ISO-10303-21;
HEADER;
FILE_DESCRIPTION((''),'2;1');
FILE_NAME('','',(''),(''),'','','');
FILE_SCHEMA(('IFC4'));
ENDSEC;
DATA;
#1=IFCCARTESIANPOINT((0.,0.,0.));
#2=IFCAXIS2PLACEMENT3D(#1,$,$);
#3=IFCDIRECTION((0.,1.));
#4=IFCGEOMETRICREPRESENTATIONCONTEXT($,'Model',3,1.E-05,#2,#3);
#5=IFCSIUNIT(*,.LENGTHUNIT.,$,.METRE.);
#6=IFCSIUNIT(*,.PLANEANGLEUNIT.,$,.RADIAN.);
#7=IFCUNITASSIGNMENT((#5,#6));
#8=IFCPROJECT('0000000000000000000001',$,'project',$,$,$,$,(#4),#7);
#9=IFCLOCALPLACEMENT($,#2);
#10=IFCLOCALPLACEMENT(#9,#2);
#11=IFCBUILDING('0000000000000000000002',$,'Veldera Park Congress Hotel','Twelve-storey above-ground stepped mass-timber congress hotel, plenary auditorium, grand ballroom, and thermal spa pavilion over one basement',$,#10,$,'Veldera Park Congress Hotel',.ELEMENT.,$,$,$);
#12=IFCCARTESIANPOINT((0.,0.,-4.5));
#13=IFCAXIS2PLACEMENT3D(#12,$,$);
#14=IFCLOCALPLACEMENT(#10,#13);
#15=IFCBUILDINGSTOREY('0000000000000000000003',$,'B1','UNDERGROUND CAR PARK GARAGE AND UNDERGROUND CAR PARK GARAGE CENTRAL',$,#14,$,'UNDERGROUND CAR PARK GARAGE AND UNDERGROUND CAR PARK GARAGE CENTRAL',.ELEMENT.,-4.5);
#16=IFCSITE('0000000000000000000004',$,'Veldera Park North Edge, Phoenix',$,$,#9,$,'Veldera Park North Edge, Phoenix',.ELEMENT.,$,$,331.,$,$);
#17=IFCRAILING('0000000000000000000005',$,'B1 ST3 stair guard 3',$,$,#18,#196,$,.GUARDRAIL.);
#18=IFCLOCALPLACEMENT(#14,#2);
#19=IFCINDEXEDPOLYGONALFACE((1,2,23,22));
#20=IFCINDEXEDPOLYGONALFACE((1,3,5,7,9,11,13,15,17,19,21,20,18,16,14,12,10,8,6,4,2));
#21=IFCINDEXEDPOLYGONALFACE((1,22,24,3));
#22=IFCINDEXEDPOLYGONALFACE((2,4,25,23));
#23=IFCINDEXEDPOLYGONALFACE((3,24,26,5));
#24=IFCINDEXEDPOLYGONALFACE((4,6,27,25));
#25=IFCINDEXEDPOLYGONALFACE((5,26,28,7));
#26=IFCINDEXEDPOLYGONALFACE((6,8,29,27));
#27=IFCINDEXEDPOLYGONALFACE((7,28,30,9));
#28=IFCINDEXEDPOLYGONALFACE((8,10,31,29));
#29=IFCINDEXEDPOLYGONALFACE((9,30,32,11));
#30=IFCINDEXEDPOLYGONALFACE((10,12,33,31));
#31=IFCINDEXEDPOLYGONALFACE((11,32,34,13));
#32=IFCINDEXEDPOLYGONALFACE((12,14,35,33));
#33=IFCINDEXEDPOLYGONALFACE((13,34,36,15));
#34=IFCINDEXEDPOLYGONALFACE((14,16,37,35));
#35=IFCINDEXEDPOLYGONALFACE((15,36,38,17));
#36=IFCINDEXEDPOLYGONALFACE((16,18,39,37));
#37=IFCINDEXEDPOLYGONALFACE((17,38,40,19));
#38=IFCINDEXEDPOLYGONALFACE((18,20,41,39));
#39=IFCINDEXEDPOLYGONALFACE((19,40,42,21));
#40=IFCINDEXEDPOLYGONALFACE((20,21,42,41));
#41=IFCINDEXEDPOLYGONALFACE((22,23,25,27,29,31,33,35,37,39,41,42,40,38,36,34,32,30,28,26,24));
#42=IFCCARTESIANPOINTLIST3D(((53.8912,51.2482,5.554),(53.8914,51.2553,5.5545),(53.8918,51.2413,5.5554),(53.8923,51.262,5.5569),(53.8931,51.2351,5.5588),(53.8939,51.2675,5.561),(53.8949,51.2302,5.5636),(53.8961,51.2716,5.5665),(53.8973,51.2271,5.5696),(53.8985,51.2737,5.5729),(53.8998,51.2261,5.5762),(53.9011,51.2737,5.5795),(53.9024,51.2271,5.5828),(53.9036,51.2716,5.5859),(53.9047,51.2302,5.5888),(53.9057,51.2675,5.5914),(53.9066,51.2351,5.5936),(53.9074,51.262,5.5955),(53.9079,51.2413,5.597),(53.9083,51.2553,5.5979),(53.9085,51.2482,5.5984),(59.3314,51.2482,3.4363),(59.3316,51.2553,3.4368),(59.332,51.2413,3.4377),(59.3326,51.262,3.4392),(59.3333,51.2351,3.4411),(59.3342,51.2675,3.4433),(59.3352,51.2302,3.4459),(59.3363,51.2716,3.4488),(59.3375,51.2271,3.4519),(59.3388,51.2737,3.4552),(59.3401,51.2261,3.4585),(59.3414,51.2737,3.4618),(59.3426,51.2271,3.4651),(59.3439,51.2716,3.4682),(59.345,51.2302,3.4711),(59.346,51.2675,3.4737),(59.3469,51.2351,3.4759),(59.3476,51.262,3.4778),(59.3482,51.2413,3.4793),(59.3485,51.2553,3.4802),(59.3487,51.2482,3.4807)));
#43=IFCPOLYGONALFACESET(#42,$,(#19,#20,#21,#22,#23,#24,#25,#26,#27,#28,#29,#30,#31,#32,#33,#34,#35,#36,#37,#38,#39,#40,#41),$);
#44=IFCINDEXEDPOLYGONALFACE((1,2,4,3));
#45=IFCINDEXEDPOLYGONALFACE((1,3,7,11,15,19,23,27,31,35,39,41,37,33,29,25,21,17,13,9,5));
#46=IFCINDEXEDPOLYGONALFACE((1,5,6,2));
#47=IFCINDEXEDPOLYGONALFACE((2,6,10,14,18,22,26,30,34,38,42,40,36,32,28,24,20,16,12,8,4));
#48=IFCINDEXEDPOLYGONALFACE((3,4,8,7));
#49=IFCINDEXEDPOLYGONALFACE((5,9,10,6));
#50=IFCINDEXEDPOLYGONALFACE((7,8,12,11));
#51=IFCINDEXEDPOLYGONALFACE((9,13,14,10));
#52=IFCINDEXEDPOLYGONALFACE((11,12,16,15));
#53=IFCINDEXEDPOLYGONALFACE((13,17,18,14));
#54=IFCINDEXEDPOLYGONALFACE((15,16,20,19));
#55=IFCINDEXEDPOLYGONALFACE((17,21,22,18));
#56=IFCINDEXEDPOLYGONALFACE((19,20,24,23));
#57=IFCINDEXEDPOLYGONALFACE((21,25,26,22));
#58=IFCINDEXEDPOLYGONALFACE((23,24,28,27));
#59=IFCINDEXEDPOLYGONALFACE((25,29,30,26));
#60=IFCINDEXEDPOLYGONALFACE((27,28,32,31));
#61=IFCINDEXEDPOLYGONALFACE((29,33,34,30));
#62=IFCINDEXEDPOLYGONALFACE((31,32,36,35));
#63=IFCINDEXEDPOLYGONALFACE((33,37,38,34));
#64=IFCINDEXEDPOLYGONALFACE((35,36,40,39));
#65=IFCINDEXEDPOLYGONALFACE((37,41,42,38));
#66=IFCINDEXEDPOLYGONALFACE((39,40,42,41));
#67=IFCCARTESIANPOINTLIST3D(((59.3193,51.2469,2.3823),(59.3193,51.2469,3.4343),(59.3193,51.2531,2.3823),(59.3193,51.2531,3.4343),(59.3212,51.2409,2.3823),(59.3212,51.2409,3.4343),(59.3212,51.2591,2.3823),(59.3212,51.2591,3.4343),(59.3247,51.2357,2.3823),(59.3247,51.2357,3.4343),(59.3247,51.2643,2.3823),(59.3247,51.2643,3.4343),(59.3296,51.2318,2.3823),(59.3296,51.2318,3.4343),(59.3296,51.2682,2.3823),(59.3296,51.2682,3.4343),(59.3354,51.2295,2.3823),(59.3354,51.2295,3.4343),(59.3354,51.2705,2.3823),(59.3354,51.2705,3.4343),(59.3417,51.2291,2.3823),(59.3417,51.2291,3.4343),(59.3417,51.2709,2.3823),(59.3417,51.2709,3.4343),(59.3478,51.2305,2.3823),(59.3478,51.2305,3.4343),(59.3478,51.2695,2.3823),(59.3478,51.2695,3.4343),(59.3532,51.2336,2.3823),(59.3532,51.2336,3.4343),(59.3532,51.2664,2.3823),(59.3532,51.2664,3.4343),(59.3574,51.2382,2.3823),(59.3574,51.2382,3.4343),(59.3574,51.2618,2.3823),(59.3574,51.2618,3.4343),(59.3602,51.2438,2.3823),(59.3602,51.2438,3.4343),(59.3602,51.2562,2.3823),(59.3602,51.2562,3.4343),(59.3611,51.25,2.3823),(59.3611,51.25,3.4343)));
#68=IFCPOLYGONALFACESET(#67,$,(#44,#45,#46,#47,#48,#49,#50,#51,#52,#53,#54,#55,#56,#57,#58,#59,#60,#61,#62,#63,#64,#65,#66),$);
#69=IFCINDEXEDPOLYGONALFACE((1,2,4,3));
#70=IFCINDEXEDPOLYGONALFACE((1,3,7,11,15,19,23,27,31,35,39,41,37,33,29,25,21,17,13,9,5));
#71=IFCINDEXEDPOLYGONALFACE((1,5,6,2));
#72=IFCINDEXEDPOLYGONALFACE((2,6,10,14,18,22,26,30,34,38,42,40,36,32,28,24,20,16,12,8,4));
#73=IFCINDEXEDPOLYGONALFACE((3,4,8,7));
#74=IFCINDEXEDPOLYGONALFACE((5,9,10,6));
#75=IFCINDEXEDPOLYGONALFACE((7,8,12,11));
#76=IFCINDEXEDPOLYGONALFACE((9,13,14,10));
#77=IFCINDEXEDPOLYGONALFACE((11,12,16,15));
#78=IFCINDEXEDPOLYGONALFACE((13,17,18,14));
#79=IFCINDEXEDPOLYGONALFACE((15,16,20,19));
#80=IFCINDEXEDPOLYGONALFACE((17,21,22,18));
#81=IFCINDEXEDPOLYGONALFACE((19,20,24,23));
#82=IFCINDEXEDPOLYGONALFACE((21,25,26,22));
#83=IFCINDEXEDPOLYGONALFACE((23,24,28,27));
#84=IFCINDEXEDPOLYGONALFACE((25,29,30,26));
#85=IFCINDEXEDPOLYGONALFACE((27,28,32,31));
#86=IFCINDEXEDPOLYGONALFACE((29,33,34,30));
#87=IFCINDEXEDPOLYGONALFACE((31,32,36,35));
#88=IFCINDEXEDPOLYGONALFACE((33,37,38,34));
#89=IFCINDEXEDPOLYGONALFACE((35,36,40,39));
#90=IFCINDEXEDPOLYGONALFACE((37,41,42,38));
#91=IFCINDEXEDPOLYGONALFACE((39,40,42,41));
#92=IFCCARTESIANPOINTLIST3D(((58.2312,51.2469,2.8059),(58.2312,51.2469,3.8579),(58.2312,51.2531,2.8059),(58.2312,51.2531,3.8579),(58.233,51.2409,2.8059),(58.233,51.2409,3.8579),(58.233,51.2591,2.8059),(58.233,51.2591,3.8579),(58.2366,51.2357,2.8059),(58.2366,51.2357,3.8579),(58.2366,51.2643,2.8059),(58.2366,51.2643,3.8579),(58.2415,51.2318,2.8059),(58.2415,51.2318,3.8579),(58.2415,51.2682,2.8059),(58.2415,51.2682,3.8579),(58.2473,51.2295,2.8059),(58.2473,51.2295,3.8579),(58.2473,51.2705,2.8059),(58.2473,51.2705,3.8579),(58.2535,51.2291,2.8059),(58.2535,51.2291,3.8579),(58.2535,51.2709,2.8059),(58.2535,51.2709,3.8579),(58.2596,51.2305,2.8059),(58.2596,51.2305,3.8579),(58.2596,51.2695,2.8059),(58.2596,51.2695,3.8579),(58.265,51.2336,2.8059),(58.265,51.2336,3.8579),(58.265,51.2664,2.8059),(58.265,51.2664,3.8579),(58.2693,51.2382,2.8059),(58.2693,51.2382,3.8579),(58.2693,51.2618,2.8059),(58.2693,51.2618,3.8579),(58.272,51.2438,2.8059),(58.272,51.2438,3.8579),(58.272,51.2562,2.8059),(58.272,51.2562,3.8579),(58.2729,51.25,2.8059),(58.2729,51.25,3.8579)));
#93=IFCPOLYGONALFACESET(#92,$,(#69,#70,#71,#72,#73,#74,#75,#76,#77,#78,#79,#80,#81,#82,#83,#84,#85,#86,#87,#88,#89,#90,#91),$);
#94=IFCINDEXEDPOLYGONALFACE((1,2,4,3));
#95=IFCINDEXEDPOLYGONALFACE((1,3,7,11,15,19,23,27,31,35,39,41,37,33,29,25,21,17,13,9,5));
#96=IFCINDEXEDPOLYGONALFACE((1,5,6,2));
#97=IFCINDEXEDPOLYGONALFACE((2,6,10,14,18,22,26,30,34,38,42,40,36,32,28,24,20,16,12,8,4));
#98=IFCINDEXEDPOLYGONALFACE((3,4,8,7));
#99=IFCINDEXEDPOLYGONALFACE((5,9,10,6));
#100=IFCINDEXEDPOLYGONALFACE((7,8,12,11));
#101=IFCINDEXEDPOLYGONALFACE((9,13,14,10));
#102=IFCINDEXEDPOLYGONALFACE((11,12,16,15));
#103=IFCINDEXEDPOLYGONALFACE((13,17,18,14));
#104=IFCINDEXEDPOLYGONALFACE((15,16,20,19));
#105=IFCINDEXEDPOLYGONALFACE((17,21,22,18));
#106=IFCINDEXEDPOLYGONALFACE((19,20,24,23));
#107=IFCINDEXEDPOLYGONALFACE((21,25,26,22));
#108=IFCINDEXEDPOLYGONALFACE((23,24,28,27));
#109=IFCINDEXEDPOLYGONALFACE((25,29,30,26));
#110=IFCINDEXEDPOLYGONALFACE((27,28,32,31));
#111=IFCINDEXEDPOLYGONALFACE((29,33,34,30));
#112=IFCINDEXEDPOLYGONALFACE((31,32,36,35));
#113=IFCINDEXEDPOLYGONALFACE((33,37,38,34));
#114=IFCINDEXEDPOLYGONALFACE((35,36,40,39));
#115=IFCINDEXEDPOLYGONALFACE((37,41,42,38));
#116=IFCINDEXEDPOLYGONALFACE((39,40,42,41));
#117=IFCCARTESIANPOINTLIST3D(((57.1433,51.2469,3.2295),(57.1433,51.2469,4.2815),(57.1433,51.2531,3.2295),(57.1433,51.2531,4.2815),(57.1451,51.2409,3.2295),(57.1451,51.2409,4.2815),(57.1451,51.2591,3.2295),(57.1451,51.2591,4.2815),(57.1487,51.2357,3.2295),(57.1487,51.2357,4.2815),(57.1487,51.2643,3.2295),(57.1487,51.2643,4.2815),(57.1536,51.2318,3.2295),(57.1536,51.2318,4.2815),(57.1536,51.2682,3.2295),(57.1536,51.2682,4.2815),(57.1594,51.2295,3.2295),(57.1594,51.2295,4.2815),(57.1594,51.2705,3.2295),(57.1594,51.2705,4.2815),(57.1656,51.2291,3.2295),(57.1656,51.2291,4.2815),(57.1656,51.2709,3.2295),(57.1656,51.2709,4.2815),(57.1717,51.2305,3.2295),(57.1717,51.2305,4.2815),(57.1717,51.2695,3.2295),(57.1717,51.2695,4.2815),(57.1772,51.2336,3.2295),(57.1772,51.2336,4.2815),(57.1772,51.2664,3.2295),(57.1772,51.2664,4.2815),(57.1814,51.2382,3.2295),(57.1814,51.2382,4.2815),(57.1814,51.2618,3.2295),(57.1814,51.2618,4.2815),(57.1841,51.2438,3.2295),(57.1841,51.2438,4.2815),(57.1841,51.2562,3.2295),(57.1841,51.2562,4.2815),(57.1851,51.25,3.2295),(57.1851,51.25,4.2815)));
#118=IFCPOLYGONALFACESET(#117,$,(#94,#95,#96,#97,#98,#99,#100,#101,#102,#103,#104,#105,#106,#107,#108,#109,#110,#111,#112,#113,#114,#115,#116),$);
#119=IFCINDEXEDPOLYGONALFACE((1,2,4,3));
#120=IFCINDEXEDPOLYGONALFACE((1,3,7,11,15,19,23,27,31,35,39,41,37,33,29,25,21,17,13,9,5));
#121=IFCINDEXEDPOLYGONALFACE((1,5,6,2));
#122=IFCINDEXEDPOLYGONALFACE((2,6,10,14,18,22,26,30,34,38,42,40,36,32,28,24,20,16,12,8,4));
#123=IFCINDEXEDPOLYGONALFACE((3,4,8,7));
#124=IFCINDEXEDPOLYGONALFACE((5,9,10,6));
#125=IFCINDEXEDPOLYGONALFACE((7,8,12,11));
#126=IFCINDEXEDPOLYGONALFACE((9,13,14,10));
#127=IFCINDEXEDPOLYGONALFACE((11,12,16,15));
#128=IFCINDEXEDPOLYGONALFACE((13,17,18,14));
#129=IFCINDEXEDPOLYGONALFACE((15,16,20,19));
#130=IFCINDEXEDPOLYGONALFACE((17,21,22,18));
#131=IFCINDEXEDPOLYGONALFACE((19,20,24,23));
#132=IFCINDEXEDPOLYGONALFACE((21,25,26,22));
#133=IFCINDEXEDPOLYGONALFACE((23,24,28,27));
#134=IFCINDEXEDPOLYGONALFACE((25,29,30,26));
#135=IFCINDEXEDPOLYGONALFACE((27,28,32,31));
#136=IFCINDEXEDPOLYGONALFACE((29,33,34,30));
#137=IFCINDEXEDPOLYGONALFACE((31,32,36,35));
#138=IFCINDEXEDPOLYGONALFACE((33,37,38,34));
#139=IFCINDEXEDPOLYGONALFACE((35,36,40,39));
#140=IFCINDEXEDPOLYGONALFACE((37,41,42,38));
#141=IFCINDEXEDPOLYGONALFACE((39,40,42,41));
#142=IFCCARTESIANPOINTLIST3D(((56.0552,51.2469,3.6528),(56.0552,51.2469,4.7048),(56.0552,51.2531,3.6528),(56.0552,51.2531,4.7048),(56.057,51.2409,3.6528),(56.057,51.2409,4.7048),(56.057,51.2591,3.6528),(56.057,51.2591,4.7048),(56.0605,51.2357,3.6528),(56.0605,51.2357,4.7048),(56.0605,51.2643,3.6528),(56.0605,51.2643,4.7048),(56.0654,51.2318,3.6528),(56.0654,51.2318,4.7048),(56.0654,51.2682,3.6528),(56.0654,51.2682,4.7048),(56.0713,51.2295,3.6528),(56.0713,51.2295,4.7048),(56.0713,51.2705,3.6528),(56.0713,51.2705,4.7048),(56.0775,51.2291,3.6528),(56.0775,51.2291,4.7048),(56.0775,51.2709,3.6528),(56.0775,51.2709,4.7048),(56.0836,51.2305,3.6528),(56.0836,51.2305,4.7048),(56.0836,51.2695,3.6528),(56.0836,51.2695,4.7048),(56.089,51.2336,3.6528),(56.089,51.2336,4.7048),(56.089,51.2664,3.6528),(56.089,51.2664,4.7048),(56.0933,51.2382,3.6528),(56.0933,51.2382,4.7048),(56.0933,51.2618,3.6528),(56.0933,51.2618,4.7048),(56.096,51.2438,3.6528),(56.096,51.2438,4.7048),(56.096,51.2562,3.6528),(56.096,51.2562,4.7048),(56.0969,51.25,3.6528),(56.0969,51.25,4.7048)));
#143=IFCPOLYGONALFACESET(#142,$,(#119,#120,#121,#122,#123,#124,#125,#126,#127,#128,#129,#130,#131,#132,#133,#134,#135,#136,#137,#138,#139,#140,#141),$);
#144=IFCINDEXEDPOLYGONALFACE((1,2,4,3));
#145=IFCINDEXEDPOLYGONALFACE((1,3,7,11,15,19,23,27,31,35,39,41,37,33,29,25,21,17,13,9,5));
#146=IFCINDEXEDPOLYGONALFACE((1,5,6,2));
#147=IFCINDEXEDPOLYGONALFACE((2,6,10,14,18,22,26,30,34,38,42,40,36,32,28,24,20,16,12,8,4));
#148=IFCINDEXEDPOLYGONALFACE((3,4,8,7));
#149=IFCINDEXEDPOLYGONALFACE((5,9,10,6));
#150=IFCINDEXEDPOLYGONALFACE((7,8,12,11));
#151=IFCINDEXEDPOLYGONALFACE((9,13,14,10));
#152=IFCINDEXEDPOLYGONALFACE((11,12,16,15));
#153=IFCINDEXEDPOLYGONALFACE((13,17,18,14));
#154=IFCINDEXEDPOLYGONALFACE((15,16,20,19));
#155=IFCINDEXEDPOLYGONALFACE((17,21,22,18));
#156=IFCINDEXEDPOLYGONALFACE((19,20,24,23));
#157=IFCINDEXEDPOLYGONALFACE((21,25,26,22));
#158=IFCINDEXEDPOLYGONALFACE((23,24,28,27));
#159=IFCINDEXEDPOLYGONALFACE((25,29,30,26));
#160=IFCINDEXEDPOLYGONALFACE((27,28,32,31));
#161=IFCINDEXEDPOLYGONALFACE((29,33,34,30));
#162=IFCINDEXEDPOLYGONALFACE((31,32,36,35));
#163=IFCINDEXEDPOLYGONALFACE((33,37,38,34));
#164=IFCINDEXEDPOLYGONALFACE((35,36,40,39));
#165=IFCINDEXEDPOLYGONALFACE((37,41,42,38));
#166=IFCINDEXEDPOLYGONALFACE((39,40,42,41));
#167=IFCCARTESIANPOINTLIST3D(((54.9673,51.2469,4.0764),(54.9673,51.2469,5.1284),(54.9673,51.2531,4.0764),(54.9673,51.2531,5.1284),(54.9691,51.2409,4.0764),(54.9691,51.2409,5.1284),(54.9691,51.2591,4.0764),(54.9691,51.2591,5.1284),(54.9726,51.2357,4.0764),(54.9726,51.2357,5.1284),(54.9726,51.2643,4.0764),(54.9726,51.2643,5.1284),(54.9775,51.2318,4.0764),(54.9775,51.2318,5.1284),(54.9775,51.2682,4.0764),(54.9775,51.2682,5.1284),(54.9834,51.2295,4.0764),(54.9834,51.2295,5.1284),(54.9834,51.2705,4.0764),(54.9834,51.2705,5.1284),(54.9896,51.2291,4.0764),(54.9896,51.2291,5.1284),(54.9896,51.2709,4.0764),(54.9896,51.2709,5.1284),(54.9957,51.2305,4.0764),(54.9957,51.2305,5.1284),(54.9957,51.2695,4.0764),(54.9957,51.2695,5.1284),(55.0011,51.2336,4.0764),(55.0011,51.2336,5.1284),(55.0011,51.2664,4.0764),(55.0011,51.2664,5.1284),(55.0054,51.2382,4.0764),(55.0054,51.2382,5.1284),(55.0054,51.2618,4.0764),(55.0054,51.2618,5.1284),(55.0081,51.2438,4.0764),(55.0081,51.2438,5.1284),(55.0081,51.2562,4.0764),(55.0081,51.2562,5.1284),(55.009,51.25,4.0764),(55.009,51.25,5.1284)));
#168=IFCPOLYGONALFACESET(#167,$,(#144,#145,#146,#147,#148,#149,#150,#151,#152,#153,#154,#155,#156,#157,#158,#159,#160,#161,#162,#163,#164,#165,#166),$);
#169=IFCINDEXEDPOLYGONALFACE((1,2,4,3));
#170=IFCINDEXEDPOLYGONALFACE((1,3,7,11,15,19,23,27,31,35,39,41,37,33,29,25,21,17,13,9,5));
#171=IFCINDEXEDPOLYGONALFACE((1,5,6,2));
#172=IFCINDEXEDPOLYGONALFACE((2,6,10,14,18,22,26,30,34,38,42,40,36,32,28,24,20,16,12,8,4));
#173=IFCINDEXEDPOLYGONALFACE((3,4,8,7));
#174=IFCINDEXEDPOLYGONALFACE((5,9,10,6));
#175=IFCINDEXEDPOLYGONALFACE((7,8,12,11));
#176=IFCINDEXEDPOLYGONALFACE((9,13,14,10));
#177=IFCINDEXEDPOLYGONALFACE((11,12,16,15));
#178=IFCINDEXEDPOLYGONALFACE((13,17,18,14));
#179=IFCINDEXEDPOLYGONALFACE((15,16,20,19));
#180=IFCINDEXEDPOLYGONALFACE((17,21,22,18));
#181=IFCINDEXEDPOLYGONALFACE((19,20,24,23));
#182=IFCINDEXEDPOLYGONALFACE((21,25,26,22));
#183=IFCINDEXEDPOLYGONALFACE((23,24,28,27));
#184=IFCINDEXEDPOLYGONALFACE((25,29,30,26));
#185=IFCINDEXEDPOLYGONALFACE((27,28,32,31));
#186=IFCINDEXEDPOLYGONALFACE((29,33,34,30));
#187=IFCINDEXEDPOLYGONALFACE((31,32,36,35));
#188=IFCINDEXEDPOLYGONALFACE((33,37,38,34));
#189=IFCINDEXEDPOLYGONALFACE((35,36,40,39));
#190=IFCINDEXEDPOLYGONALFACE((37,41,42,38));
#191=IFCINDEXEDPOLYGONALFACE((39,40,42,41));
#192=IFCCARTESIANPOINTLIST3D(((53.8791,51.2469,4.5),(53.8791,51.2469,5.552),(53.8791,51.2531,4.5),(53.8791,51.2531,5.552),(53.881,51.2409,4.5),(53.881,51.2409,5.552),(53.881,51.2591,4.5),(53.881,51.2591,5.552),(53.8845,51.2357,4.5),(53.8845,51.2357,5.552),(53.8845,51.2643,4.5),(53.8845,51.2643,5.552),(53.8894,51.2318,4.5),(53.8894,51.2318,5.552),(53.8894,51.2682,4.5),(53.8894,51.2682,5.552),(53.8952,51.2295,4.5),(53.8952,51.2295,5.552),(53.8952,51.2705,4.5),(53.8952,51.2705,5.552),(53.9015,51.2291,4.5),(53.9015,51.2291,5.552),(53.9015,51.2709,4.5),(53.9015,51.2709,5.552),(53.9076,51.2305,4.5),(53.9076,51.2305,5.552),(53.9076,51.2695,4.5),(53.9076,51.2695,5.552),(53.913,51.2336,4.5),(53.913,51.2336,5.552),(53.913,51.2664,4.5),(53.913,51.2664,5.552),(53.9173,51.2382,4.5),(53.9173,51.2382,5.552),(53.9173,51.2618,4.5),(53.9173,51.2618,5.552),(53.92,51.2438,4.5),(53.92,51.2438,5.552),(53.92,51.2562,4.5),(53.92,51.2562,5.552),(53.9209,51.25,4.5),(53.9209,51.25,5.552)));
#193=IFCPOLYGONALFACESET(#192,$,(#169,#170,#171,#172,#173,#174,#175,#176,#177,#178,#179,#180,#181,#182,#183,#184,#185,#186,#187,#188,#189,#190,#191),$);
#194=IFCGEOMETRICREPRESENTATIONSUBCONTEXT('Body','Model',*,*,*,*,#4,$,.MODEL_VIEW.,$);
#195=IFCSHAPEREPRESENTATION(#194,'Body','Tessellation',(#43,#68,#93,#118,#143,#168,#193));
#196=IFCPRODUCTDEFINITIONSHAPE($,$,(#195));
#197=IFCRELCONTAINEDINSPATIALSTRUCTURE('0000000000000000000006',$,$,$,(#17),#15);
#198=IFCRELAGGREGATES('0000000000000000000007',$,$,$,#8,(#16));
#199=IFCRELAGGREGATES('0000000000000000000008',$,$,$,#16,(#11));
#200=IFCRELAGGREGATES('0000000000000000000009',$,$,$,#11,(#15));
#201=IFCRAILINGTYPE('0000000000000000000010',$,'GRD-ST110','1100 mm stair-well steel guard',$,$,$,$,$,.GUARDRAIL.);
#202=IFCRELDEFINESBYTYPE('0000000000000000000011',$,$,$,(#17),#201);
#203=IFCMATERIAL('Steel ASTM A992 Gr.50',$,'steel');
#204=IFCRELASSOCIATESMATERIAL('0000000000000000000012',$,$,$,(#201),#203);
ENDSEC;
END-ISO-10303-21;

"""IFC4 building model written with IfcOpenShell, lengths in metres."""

from ifc_helpers import new_model, si_unit, direction, frame, origin, origin_2d, place, context, subcontext, project, spatial, circle, extrude, material, type_object, element, save


model = new_model("IFC4")

# Units and contexts
model_context = context("Model", 3, precision=1e-05, world=origin(), true_north=direction((0.0, 1.0)))
body_context = subcontext(model_context, "Body", "Model", "MODEL_VIEW")
ifc_project = project(units=[si_unit("LENGTHUNIT", "METRE"), si_unit("PLANEANGLEUNIT", "RADIAN")], contexts=[model_context])

# Site, building, storey
site_placement = place(None, origin())
site = spatial("IfcSite", under=ifc_project, at=site_placement, Name="Veldera Park North Edge, Phoenix", LongName="Veldera Park North Edge, Phoenix", CompositionType="ELEMENT", RefElevation=331.0)
building_placement = place(site_placement, origin())
building = spatial("IfcBuilding", under=site, at=building_placement, Name="Veldera Park Congress Hotel", Description="Twelve-storey above-ground stepped mass-timber congress hotel, plenary auditorium, grand ballroom, and thermal spa pavilion over one basement", LongName="Veldera Park Congress Hotel", CompositionType="ELEMENT")
storey_placement = place(building_placement, frame((0.0, 0.0, -4.5)))
storey = spatial("IfcBuildingStorey", under=building, at=storey_placement, Name="B1", Description="UNDERGROUND CAR PARK GARAGE AND UNDERGROUND CAR PARK GARAGE CENTRAL", LongName="UNDERGROUND CAR PARK GARAGE AND UNDERGROUND CAR PARK GARAGE CENTRAL", CompositionType="ELEMENT", Elevation=-4.5)

# Railing
ifc_material_1 = material(Name="Steel ASTM A992 Gr.50", Category="steel")
railing_type_1 = type_object("IfcRailingType", Name="GRD-ST110", Description="1100 mm stair-well steel guard", PredefinedType="GUARDRAIL", material=ifc_material_1)
railing_1_placement = place(storey_placement, frame((59.3401, 51.25, 2.3823)))
element("IfcRailing", 1, at=railing_1_placement, inside=storey, type_object=railing_type_1, Name="B1 ST3 stair guard 3", PredefinedType="GUARDRAIL", context=body_context, shape_type="SweptSolid", body=[
    extrude(circle(Radius=0.0239, at=origin_2d()), frame((0.0, 0.0, 1.0762), z_axis=(-0.931886, 0.0, 0.362751), x_axis=(0.0, -1.0, 0.0)), (0.0, 0.0, 1.0), 5.8379),
    extrude(circle(Radius=0.021, at=origin_2d()), origin(), (0.0, 0.0, 1.0), 1.052),
    extrude(circle(Radius=0.021, at=origin_2d()), frame((-1.0881, 0.0, 0.4236)), (0.0, 0.0, 1.0), 1.052),
    extrude(circle(Radius=0.021, at=origin_2d()), frame((-2.176, 0.0, 0.8472)), (0.0, 0.0, 1.0), 1.052),
    extrude(circle(Radius=0.021, at=origin_2d()), frame((-3.2642, 0.0, 1.2705)), (0.0, 0.0, 1.0), 1.052),
    extrude(circle(Radius=0.021, at=origin_2d()), frame((-4.3521, 0.0, 1.6941)), (0.0, 0.0, 1.0), 1.052),
    extrude(circle(Radius=0.021, at=origin_2d()), frame((-5.4402, 0.0, 2.1177)), (0.0, 0.0, 1.0), 1.052),
])

save(model, "model.ifc")
